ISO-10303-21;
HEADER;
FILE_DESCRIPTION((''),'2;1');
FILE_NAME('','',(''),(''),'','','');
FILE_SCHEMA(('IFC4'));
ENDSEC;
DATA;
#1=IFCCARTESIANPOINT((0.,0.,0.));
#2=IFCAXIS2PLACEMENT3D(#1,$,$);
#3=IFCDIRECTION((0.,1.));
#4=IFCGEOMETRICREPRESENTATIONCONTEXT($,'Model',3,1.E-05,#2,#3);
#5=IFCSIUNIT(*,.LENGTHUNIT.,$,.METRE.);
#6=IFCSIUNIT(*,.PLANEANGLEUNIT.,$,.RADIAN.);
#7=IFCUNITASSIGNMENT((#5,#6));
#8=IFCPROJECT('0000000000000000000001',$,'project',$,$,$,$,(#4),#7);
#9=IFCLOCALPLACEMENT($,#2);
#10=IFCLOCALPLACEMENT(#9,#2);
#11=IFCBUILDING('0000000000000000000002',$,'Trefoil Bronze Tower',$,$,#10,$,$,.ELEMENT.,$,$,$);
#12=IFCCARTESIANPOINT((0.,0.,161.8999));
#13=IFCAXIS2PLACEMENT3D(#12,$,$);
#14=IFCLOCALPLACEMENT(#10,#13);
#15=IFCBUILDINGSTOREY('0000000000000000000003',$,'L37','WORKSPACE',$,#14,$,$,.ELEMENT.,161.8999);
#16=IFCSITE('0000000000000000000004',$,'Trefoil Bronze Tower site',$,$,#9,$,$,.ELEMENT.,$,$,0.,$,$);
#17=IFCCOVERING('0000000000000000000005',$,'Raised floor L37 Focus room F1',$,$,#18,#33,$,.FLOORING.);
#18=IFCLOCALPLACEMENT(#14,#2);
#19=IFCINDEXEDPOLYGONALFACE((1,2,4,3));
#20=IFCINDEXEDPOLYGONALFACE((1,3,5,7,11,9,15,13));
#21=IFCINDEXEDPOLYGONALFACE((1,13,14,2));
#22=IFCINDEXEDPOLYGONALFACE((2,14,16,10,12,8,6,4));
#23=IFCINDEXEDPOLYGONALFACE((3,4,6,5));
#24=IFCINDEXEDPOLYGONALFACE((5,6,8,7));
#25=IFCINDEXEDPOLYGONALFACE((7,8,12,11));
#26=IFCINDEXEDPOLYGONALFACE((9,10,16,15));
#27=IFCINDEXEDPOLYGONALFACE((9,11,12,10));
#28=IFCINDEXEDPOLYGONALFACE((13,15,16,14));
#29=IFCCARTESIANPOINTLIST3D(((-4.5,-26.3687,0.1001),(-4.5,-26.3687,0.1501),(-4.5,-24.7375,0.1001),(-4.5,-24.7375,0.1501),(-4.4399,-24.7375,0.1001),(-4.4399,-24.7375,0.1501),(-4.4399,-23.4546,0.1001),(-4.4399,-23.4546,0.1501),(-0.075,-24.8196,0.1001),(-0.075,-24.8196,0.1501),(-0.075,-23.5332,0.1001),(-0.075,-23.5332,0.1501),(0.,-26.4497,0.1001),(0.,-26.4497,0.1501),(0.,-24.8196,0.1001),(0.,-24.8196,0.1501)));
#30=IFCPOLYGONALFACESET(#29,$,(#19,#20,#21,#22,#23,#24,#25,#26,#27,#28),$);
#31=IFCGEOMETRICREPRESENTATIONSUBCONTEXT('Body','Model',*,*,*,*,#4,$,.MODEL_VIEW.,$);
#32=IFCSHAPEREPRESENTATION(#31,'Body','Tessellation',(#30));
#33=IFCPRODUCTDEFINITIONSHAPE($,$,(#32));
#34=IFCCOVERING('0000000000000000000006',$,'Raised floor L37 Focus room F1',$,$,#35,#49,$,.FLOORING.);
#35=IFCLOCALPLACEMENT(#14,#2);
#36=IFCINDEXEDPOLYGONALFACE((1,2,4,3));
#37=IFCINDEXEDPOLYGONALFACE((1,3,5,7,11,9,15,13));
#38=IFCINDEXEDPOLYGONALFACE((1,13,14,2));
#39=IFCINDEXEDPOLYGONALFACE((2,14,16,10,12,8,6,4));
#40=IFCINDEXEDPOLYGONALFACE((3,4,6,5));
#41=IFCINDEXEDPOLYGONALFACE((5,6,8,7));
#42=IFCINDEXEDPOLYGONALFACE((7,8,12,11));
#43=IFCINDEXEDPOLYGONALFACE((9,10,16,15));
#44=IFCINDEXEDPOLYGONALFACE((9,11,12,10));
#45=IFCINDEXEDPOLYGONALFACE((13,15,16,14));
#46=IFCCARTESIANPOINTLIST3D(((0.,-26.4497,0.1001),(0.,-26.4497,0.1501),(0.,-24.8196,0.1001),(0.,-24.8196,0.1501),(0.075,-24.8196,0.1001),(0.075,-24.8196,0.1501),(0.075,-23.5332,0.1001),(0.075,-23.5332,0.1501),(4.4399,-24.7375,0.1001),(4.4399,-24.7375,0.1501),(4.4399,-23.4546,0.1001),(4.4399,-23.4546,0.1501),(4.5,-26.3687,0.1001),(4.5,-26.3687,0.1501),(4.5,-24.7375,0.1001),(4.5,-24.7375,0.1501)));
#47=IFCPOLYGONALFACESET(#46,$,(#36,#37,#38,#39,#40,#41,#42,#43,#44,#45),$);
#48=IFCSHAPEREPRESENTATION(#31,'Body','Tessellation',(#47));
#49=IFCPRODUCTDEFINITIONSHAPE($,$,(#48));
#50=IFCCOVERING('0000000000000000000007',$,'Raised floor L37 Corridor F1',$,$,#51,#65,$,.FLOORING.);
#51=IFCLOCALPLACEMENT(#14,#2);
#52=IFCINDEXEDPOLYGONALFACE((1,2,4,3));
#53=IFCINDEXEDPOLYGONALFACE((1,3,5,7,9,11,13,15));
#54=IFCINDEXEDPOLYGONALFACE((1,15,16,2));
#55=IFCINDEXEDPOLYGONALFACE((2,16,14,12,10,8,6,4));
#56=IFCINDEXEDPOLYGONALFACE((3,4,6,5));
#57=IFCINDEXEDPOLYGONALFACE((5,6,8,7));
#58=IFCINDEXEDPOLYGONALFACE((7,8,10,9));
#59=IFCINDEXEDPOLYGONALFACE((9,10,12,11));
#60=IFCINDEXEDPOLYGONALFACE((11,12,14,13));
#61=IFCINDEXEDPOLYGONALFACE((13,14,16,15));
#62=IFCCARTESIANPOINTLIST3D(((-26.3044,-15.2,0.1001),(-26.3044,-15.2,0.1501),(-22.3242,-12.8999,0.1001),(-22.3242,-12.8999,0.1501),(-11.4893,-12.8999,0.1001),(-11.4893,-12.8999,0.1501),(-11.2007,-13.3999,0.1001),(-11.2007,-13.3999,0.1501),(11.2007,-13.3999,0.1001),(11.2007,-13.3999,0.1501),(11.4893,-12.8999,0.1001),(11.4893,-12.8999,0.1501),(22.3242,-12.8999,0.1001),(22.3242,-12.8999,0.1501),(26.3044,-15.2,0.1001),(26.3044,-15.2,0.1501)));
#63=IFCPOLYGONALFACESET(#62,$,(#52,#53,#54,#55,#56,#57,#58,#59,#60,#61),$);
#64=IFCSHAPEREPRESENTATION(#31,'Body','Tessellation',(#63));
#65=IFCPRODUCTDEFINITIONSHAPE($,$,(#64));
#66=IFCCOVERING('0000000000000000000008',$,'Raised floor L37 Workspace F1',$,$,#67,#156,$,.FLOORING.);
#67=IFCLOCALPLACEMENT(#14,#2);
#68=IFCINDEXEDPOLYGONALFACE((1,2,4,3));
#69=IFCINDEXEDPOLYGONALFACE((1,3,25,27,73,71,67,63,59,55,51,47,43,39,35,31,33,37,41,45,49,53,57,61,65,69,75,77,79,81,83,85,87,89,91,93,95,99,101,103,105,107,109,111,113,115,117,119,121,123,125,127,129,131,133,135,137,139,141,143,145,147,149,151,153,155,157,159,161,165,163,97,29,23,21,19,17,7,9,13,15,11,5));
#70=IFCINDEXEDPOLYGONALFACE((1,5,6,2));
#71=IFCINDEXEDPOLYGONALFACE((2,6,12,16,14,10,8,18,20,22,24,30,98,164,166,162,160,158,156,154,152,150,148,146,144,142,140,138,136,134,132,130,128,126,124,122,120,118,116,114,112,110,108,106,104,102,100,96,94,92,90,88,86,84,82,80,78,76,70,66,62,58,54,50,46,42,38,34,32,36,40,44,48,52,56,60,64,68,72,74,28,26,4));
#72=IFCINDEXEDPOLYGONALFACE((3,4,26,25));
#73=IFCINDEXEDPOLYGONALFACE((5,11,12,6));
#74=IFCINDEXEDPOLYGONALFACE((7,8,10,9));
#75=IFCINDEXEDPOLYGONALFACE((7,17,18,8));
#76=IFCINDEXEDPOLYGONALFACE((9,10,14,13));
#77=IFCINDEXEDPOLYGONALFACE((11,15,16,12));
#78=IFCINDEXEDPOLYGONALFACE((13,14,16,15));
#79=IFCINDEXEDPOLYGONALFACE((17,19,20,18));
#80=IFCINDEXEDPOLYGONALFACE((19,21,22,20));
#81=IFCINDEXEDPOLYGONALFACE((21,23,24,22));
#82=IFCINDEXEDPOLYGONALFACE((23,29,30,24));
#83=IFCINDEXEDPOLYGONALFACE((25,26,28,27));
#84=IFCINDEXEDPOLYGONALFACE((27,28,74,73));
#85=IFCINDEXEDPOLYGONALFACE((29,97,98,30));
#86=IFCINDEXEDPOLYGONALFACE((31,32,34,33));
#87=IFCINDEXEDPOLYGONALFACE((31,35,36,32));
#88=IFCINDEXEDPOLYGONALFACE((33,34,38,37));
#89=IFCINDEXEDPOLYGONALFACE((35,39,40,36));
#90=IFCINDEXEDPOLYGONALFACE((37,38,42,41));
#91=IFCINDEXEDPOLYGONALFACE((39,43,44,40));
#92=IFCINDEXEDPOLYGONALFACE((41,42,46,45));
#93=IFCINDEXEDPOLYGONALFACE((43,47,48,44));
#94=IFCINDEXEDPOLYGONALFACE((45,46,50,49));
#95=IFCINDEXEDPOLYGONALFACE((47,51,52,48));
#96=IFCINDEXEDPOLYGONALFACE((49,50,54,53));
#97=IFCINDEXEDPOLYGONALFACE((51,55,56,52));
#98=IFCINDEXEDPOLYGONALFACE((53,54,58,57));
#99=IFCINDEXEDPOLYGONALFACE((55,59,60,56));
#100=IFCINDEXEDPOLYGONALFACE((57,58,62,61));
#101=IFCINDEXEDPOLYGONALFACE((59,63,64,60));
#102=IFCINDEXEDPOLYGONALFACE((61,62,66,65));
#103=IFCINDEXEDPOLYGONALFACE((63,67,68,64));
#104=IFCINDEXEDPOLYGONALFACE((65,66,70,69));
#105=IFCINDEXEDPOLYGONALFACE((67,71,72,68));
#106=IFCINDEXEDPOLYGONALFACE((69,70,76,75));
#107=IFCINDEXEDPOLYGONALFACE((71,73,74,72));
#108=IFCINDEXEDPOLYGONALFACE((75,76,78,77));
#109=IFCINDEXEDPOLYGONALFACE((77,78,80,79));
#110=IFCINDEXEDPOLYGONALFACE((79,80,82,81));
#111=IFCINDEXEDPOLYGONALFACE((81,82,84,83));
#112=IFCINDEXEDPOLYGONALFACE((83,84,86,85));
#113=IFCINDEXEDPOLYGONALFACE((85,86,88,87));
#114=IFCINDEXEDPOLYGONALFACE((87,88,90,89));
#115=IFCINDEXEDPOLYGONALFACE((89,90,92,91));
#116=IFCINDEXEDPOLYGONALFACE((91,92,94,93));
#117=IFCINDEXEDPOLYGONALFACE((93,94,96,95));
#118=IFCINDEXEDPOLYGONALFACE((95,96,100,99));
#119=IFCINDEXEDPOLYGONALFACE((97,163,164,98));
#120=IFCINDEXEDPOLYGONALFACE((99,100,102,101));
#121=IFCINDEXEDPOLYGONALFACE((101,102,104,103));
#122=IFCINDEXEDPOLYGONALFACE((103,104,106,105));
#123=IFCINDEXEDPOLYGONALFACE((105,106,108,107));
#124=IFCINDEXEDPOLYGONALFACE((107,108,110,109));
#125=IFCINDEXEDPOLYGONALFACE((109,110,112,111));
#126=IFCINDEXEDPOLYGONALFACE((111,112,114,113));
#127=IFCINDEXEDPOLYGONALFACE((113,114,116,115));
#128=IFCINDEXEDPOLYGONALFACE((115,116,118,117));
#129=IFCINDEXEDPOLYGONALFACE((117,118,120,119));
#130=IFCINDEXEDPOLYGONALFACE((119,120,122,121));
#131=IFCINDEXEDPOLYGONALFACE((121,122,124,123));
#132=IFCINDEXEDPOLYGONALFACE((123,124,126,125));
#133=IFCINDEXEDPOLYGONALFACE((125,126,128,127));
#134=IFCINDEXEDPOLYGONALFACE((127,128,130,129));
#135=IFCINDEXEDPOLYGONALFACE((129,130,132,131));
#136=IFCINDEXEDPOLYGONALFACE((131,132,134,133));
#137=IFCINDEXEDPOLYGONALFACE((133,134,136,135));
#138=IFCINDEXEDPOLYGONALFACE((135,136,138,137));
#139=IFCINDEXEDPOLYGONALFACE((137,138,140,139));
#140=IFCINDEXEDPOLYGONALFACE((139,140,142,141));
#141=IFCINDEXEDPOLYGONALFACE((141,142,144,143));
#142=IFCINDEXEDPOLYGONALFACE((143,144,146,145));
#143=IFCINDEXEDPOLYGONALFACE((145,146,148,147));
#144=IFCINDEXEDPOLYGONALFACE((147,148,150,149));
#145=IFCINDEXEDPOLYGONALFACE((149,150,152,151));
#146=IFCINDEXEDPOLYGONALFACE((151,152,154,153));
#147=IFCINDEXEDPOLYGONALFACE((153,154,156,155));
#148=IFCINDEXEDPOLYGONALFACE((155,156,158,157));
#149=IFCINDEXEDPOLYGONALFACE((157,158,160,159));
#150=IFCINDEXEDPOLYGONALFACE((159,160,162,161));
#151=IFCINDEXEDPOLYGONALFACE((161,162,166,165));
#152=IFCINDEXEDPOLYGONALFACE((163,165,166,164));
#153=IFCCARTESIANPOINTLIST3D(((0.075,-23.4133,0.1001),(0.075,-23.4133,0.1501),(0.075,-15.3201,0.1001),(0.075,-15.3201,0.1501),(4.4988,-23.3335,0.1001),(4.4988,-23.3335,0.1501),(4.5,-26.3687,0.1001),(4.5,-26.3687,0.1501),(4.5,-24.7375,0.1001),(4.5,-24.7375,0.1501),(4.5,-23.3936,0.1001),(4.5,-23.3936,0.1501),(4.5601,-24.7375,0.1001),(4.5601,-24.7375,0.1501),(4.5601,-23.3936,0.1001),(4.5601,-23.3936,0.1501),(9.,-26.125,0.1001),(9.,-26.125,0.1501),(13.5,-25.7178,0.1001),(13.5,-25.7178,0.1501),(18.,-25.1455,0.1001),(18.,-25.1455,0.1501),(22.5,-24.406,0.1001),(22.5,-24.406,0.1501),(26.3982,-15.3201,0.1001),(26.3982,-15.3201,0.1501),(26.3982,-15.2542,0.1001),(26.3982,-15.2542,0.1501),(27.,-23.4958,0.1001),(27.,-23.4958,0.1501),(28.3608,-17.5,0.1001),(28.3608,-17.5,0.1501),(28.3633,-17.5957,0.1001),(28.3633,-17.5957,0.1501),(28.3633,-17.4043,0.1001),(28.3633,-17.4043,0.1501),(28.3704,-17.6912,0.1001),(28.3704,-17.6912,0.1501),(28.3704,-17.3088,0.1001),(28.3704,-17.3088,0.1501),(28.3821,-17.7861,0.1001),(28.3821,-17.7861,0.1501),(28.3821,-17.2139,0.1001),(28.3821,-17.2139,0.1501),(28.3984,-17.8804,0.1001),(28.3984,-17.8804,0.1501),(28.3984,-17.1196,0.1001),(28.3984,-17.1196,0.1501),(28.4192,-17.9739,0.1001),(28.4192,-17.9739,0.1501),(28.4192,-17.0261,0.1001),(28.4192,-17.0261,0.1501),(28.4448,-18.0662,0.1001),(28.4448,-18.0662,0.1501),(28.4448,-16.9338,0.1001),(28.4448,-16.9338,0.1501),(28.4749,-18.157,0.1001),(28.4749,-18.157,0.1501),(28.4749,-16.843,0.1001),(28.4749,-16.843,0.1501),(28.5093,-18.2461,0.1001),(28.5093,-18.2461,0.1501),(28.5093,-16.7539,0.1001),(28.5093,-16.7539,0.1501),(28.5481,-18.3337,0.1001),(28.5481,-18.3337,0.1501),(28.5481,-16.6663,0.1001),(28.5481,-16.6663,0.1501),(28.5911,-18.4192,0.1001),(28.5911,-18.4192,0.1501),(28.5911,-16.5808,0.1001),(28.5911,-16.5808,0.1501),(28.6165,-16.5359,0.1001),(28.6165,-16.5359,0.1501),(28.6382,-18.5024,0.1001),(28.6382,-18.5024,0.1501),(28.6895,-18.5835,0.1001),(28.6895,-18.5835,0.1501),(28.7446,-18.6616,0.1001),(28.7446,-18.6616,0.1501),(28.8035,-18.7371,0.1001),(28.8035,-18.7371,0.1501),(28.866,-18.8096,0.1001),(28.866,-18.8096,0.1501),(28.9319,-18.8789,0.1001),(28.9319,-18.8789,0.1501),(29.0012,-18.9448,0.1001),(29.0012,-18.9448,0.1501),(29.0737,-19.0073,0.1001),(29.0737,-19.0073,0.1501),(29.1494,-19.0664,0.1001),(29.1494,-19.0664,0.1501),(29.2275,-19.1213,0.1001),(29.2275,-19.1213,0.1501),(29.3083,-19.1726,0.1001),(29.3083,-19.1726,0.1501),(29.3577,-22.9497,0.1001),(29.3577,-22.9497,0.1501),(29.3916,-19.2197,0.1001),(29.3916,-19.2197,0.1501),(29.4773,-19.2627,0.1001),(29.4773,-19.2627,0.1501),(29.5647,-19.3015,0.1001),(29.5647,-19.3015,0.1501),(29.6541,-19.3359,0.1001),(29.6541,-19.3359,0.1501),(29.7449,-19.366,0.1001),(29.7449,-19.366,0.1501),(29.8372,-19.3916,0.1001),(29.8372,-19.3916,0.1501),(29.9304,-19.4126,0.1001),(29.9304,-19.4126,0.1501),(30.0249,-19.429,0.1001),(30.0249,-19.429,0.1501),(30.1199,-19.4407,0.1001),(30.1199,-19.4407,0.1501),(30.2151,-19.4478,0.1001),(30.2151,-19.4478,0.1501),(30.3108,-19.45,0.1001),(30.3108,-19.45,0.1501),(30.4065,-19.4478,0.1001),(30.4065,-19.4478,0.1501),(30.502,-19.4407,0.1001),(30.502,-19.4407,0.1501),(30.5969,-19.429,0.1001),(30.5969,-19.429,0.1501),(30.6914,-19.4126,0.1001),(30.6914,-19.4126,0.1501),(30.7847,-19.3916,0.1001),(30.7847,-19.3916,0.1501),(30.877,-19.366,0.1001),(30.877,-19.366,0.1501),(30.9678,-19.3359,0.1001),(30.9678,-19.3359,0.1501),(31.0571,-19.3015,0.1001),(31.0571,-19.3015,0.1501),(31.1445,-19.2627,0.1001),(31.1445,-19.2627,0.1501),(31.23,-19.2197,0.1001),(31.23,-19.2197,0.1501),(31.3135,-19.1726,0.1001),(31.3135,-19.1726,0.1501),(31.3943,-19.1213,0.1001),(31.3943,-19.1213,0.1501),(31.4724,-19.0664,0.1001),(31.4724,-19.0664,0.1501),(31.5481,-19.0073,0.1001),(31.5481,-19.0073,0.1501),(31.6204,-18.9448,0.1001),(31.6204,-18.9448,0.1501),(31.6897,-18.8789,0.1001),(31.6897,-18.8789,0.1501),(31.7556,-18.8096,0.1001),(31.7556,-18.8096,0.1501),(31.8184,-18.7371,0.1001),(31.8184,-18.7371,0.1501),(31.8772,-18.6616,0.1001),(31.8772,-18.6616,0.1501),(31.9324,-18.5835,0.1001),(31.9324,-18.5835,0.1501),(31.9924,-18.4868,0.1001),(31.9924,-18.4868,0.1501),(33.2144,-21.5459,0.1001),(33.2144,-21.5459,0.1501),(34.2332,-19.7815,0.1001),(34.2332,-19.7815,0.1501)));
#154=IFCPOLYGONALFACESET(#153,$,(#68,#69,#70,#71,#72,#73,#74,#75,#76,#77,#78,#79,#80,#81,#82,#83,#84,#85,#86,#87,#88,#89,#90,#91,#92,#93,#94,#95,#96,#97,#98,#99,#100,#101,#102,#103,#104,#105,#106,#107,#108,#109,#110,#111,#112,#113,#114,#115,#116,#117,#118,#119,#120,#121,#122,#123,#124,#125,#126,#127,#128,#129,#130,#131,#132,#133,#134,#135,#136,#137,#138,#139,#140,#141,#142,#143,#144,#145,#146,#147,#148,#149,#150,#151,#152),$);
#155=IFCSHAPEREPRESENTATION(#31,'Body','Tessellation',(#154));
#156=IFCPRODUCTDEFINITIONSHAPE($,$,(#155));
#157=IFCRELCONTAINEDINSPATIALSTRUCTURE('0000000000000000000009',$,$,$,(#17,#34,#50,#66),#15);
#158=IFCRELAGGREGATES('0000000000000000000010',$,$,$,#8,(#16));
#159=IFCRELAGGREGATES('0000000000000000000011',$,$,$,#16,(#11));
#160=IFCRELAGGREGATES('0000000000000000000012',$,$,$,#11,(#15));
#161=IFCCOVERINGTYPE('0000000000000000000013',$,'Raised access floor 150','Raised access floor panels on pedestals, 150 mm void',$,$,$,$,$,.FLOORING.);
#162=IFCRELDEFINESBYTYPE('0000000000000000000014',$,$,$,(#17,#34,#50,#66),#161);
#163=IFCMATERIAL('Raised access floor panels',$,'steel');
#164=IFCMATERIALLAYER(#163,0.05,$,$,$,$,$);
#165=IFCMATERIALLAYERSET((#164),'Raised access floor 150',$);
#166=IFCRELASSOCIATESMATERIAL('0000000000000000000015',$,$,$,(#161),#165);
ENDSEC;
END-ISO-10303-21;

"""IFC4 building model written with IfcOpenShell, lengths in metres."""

from ifc_helpers import new_model, si_unit, direction, frame, origin, place, context, subcontext, project, spatial, polyline, outline, extrude, material, layer, layer_set, type_object, element, save


model = new_model("IFC4")

# Units and contexts
model_context = context("Model", 3, precision=1e-05, world=origin(), true_north=direction((0.0, 1.0)))
body_context = subcontext(model_context, "Body", "Model", "MODEL_VIEW")
ifc_project = project(units=[si_unit("LENGTHUNIT", "METRE"), si_unit("PLANEANGLEUNIT", "RADIAN")], contexts=[model_context])

# Site, building, storey
site_placement = place(None, origin())
site = spatial("IfcSite", under=ifc_project, at=site_placement, Name="Trefoil Bronze Tower site", CompositionType="ELEMENT", RefElevation=0.0)
building_placement = place(site_placement, origin())
building = spatial("IfcBuilding", under=site, at=building_placement, Name="Trefoil Bronze Tower", CompositionType="ELEMENT")
storey_placement = place(building_placement, frame((0.0, 0.0, 161.8999)))
storey = spatial("IfcBuildingStorey", under=building, at=storey_placement, Name="L37", Description="WORKSPACE", CompositionType="ELEMENT", Elevation=161.8999)

# Coverings
ifc_material_1 = material(Name="Raised access floor panels", Category="steel")
ifc_layer_1 = layer(ifc_material_1, 0.05)
ifc_layer_set_1 = layer_set([ifc_layer_1], Name="Raised access floor 150")
covering_type_1 = type_object("IfcCoveringType", Name="Raised access floor 150", Description="Raised access floor panels on pedestals, 150 mm void", PredefinedType="FLOORING", material=ifc_layer_set_1)
covering_1_placement = place(storey_placement, frame((0.0, 0.0, 0.1001)))
element("IfcCovering", 1, at=covering_1_placement, inside=storey, type_object=covering_type_1, Name="Raised floor L37 Focus room F1", PredefinedType="FLOORING", context=body_context, shape_type="SweptSolid", body=[
    extrude(outline(polyline([(0.0, -26.4497), (-4.5, -26.3687), (-4.5, -24.7375), (-4.4399, -24.7375), (-4.4399, -23.4546), (-0.075, -23.5332), (-0.075, -24.8196), (0.0, -24.8196), (0.0, -26.4497)])), origin(), (0.0, 0.0, 1.0), 0.05),
])
covering_2_placement = place(storey_placement, frame((0.0, 0.0, 0.1001)))
element("IfcCovering", 2, at=covering_2_placement, inside=storey, type_object=covering_type_1, Name="Raised floor L37 Focus room F1", PredefinedType="FLOORING", context=body_context, shape_type="SweptSolid", body=[
    extrude(outline(polyline([(4.5, -26.3687), (0.0, -26.4497), (0.0, -24.8196), (0.075, -24.8196), (0.075, -23.5332), (4.4399, -23.4546), (4.4399, -24.7375), (4.5, -24.7375), (4.5, -26.3687)])), origin(), (0.0, 0.0, 1.0), 0.05),
])
covering_3_placement = place(storey_placement, frame((0.0, 0.0, 0.1001)))
element("IfcCovering", 3, at=covering_3_placement, inside=storey, type_object=covering_type_1, Name="Raised floor L37 Corridor F1", PredefinedType="FLOORING", context=body_context, shape_type="SweptSolid", body=[
    extrude(outline(polyline([(-26.3044, -15.2), (-22.3242, -12.8999), (-11.4893, -12.8999), (-11.2007, -13.3999), (11.2007, -13.3999), (11.4893, -12.8999), (22.3242, -12.8999), (26.3044, -15.2), (-26.3044, -15.2)])), origin(), (0.0, 0.0, 1.0), 0.05),
])
covering_4_placement = place(storey_placement, frame((0.0, 0.0, 0.1001)))
element("IfcCovering", 4, at=covering_4_placement, inside=storey, type_object=covering_type_1, Name="Raised floor L37 Workspace F1", PredefinedType="FLOORING", context=body_context, shape_type="SweptSolid", body=[
    extrude(outline(polyline([(9.0, -26.125), (4.5, -26.3687), (4.5, -24.7375), (4.5601, -24.7375), (4.5601, -23.3936), (4.5, -23.3936), (4.4988, -23.3335), (0.075, -23.4133), (0.075, -15.3201), (26.3982, -15.3201), (26.3982, -15.2542), (28.6165, -16.5359), (28.5911, -16.5808), (28.5481, -16.6663), (28.5093, -16.7539), (28.4749, -16.843), (28.4448, -16.9338), (28.4192, -17.0261), (28.3984, -17.1196), (28.3821, -17.2139), (28.3704, -17.3088), (28.3633, -17.4043), (28.3608, -17.5), (28.3633, -17.5957), (28.3704, -17.6912), (28.3821, -17.7861), (28.3984, -17.8804), (28.4192, -17.9739), (28.4448, -18.0662), (28.4749, -18.157), (28.5093, -18.2461), (28.5481, -18.3337), (28.5911, -18.4192), (28.6382, -18.5024), (28.6895, -18.5835), (28.7446, -18.6616), (28.8035, -18.7371), (28.866, -18.8096), (28.9319, -18.8789), (29.0012, -18.9448), (29.0737, -19.0073), (29.1494, -19.0664), (29.2275, -19.1213), (29.3083, -19.1726), (29.3916, -19.2197), (29.4773, -19.2627), (29.5647, -19.3015), (29.6541, -19.3359), (29.7449, -19.366), (29.8372, -19.3916), (29.9304, -19.4126), (30.0249, -19.429), (30.1199, -19.4407), (30.2151, -19.4478), (30.3108, -19.45), (30.4065, -19.4478), (30.502, -19.4407), (30.5969, -19.429), (30.6914, -19.4126), (30.7847, -19.3916), (30.877, -19.366), (30.9678, -19.3359), (31.0571, -19.3015), (31.1445, -19.2627), (31.23, -19.2197), (31.3135, -19.1726), (31.3943, -19.1213), (31.4724, -19.0664), (31.5481, -19.0073), (31.6204, -18.9448), (31.6897, -18.8789), (31.7556, -18.8096), (31.8184, -18.7371), (31.8772, -18.6616), (31.9324, -18.5835), (31.9924, -18.4868), (34.2332, -19.7815), (33.2144, -21.5459), (29.3577, -22.9497), (27.0, -23.4958), (22.5, -24.406), (18.0, -25.1455), (13.5, -25.7178), (9.0, -26.125)])), origin(), (0.0, 0.0, 1.0), 0.05),
])

save(model, "model.ifc")
